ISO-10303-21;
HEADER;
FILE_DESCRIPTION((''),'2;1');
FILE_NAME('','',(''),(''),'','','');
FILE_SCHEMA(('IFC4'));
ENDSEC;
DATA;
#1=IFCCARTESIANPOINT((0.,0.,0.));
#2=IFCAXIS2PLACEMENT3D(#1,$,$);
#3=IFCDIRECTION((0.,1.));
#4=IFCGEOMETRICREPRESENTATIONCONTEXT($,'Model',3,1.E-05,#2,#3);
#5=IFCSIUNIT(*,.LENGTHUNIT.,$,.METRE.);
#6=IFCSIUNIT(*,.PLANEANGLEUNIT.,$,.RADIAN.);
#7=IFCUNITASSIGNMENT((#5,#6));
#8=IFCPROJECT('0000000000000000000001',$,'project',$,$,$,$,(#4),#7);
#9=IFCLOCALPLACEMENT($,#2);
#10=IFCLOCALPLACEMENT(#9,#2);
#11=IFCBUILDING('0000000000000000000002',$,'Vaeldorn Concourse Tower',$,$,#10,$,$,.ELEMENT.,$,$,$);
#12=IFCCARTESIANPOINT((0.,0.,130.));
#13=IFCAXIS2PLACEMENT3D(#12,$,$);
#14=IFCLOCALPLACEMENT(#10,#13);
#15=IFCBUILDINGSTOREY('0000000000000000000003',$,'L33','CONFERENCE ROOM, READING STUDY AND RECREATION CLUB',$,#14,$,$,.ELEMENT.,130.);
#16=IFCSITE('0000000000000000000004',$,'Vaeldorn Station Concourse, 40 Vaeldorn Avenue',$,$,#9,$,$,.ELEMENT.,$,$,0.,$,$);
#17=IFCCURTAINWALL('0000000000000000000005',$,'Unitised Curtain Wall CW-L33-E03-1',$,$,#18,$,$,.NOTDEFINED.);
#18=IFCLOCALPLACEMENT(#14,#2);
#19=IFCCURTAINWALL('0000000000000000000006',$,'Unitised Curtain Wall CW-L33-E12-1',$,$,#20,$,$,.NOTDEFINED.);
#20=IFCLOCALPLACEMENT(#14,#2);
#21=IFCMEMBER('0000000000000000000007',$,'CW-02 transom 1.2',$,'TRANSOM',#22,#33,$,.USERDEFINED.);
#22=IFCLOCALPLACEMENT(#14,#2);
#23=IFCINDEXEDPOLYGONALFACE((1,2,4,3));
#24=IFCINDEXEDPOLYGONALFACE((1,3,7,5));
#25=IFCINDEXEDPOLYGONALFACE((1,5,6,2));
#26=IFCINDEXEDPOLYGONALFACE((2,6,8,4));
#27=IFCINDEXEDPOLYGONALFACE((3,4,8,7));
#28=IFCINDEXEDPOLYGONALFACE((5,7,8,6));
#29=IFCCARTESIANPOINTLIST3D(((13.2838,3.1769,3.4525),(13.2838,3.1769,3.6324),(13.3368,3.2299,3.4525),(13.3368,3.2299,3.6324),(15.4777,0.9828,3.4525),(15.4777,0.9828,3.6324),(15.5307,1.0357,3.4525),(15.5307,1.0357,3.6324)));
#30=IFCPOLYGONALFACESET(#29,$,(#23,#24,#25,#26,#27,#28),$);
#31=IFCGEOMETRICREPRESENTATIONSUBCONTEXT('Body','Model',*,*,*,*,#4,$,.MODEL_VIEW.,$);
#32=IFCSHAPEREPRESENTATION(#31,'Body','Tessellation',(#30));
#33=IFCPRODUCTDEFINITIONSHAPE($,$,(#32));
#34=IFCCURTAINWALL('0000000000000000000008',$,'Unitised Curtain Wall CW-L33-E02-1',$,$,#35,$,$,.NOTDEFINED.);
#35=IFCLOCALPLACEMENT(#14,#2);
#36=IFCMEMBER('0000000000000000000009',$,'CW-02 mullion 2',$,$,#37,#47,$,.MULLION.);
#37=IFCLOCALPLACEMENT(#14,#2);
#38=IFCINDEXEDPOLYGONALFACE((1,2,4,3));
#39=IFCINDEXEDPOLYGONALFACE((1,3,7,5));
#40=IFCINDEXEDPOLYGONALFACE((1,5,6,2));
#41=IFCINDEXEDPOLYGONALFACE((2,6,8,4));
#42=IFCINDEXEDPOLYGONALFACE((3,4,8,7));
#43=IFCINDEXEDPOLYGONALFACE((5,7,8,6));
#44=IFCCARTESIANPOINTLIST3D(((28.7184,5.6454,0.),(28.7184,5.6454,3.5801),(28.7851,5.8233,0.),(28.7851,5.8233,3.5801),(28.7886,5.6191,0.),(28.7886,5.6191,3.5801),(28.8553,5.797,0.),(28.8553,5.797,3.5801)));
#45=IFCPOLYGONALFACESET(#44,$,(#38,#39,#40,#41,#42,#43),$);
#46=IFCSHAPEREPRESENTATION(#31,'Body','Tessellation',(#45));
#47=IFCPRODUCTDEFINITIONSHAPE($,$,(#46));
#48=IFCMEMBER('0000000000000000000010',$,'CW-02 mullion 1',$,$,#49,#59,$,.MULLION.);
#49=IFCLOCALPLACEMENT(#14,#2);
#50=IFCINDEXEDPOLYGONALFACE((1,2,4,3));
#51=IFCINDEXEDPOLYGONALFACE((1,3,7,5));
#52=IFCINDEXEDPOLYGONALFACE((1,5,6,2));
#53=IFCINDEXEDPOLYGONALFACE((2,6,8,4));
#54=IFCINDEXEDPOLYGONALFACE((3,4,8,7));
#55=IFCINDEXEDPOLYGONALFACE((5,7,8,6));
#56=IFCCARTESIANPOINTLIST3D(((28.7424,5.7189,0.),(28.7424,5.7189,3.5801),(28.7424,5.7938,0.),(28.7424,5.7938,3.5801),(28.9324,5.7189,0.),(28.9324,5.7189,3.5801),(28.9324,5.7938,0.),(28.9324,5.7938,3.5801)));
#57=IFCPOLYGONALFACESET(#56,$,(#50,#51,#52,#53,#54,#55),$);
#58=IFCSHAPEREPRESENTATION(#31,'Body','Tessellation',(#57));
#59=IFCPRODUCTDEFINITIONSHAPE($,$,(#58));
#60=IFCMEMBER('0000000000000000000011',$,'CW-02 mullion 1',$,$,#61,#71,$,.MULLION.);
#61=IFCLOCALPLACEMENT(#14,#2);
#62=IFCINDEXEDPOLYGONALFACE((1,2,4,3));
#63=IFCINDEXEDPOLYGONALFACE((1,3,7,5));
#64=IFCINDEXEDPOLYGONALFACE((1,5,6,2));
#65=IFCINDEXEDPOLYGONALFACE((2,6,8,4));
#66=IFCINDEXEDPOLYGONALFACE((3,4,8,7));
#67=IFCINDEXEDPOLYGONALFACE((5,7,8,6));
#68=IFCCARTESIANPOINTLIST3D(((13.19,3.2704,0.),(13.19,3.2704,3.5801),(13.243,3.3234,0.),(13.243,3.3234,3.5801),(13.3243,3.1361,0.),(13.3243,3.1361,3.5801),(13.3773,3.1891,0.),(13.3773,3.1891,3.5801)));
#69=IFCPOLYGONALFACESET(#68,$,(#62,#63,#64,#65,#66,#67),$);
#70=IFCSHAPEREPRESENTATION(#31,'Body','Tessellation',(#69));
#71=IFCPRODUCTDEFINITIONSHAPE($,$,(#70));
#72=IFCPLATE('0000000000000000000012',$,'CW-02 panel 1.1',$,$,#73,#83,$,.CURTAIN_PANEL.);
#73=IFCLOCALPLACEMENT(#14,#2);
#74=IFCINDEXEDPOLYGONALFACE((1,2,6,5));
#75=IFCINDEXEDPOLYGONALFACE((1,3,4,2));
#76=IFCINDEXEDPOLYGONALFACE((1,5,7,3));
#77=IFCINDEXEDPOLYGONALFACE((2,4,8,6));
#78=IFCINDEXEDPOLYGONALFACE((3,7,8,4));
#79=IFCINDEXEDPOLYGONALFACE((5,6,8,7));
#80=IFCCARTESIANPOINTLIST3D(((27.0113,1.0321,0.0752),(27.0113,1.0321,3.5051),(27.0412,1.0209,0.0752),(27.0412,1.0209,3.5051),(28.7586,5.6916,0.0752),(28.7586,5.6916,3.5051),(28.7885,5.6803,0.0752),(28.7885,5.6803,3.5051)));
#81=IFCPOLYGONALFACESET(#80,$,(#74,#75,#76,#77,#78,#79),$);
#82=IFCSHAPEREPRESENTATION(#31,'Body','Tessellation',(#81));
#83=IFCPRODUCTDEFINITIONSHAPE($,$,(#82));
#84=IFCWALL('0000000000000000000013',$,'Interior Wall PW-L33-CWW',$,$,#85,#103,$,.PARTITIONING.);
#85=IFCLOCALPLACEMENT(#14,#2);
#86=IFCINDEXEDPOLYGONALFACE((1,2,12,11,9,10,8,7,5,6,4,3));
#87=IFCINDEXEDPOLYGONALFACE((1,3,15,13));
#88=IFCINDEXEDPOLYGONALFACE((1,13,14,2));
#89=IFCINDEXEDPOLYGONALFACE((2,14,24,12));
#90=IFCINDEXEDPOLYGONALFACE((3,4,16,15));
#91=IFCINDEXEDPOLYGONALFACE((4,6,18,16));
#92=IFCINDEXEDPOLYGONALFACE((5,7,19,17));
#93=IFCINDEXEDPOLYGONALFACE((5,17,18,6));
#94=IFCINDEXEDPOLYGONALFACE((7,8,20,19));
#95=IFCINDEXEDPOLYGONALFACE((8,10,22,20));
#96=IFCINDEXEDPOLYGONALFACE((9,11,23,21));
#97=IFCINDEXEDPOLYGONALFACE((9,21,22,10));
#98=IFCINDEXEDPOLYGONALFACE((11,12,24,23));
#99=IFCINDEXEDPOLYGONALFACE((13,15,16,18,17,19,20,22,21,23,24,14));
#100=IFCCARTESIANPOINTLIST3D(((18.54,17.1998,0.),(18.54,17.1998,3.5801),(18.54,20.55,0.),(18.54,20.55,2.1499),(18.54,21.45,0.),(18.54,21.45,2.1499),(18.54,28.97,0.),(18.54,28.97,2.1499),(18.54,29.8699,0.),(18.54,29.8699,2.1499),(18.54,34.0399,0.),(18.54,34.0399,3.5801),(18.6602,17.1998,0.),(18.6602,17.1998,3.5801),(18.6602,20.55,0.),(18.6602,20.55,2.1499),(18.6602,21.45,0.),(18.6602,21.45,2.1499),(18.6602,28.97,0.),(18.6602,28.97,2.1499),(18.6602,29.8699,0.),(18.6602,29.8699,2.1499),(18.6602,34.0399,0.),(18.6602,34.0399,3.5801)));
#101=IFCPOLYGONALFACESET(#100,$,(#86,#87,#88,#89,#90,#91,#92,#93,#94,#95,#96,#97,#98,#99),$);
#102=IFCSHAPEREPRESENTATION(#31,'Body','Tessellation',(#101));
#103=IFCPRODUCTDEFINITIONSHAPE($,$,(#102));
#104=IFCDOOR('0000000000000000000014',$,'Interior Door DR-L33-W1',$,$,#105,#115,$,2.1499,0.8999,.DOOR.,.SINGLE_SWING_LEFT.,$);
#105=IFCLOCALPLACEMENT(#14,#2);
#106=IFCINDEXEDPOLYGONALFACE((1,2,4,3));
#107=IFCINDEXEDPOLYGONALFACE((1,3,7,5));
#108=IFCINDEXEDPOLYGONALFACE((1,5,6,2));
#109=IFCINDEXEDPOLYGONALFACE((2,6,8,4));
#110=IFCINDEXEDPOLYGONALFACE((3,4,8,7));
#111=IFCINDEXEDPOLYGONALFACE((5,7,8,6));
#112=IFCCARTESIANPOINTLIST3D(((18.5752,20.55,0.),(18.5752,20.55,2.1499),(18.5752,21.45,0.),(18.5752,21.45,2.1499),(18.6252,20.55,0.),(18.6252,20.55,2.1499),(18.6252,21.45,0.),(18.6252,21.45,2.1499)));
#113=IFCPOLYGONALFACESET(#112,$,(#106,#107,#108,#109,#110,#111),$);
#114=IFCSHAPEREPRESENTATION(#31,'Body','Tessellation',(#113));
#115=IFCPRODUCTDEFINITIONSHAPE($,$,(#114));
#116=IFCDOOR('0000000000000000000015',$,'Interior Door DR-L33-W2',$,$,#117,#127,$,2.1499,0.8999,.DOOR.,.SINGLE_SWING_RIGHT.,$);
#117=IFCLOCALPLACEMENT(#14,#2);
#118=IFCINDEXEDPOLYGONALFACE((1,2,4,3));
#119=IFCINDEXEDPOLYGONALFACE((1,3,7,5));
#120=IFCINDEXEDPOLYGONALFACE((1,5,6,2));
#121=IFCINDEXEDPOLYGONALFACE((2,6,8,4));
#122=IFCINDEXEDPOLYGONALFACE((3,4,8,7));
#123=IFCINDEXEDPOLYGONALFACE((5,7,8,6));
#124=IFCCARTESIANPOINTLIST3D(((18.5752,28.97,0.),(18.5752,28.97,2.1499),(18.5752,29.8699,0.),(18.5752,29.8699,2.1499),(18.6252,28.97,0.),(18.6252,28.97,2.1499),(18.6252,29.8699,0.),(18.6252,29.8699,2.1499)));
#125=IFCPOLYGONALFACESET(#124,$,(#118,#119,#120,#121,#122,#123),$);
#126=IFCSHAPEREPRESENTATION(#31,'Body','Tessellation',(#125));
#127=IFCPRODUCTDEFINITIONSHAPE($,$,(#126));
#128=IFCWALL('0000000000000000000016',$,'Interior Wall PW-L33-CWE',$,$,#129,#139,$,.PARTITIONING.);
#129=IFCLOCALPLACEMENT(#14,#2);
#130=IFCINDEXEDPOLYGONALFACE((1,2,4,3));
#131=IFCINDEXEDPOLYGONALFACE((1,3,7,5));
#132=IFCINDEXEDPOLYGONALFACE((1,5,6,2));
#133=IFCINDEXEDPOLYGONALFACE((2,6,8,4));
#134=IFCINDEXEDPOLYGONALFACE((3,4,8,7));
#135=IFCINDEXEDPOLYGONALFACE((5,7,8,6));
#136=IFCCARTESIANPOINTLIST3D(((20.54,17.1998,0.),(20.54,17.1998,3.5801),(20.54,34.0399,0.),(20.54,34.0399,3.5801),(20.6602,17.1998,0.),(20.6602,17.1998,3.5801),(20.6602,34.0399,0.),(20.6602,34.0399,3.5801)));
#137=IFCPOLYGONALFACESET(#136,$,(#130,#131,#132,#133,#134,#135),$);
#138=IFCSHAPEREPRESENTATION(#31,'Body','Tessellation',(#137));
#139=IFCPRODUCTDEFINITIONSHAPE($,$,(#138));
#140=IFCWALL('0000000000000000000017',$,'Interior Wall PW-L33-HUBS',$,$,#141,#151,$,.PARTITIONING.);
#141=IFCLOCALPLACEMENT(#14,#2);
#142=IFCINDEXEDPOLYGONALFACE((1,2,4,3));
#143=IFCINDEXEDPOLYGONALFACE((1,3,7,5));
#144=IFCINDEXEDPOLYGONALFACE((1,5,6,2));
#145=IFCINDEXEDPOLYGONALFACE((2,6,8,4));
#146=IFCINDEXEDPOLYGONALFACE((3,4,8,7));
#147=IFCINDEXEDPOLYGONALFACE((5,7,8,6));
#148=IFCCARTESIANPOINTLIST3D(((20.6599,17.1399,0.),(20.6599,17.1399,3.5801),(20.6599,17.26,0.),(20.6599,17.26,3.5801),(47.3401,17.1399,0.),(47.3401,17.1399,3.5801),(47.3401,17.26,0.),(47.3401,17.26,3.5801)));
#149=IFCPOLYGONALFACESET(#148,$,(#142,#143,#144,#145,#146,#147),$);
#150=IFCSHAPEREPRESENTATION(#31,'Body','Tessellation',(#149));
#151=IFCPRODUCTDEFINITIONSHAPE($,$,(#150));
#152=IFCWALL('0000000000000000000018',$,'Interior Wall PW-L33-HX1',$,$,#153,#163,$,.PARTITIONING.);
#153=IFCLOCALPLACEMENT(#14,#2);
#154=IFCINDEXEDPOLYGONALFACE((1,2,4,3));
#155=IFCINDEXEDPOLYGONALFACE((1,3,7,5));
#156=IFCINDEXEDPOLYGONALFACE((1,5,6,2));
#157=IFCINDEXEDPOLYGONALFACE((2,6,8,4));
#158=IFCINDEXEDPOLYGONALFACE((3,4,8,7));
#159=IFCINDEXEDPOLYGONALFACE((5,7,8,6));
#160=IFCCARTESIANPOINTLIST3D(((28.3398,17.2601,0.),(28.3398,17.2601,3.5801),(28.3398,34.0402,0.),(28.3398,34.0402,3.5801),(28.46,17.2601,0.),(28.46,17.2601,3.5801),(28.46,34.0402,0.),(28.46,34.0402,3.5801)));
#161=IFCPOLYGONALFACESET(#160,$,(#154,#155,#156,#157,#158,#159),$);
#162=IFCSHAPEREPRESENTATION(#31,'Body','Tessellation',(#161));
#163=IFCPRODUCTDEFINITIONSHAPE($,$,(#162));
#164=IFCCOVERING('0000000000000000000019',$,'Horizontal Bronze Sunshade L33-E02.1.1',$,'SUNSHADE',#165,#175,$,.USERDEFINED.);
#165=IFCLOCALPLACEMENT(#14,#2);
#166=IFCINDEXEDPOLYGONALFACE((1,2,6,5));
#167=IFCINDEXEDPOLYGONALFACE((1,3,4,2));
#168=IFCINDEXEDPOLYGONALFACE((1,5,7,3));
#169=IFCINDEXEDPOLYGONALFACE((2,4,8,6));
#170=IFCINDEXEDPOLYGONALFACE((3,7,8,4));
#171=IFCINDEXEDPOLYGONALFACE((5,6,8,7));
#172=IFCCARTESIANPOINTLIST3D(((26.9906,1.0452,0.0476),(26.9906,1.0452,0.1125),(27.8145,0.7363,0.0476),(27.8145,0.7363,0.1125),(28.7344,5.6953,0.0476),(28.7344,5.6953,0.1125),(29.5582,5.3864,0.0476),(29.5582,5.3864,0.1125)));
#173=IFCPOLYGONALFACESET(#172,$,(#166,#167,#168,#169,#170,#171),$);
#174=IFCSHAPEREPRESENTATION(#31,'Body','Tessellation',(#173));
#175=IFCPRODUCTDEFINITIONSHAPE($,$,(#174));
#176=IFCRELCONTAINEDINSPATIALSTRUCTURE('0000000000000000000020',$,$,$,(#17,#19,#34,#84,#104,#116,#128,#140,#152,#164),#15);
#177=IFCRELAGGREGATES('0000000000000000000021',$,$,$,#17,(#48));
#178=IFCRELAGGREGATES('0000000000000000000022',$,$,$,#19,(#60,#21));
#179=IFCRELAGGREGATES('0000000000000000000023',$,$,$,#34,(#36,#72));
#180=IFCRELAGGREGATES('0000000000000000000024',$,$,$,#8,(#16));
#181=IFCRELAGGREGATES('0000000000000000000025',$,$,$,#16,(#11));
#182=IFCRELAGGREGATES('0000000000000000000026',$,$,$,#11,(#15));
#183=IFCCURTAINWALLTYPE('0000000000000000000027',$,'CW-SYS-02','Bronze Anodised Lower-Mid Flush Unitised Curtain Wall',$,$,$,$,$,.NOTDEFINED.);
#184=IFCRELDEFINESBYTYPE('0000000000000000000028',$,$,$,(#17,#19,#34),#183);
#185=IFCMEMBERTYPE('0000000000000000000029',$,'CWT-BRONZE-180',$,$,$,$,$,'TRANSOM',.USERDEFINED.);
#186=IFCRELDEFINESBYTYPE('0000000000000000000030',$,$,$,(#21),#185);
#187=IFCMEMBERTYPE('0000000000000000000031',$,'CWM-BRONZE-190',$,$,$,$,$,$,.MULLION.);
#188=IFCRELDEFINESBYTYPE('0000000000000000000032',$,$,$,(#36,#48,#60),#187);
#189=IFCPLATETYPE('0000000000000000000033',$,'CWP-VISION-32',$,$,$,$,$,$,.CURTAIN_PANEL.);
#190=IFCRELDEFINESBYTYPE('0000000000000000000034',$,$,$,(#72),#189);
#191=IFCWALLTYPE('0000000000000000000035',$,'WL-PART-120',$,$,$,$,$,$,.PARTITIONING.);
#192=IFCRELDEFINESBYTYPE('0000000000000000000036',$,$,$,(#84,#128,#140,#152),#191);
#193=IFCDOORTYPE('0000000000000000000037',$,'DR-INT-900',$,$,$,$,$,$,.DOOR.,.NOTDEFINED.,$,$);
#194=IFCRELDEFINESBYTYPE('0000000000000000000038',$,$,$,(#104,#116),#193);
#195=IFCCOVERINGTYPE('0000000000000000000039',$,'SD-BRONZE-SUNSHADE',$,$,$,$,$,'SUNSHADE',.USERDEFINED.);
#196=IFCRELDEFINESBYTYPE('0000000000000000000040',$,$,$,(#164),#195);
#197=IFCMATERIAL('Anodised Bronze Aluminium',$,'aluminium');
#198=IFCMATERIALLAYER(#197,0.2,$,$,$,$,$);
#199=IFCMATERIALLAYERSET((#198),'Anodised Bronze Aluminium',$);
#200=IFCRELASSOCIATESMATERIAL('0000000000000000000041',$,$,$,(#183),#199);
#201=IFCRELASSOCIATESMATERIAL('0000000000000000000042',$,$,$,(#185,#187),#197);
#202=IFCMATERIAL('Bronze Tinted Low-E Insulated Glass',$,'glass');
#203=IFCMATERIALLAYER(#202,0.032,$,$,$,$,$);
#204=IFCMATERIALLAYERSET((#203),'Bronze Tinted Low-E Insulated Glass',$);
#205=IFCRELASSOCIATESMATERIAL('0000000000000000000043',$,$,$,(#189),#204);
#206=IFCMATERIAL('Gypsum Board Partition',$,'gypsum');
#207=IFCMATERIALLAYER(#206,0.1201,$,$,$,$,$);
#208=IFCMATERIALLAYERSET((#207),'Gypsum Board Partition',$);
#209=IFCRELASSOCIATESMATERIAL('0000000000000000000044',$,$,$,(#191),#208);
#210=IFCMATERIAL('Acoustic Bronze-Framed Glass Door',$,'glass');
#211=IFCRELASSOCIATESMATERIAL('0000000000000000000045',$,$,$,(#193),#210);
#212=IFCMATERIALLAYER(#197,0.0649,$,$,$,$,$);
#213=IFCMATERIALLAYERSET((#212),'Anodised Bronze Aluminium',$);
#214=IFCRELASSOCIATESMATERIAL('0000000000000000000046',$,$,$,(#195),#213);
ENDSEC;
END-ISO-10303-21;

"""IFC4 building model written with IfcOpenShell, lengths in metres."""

from ifc_helpers import new_model, si_unit, direction, frame, frame_2d, origin, origin_2d, place, context, subcontext, project, spatial, rectangle, extrude, source, transform, mapped, material, layer, layer_set, material_profile, profile_set, type_object, element, fill, aggregate, save


model = new_model("IFC4")

# Units and contexts
model_context = context("Model", 3, precision=1e-05, world=origin(), true_north=direction((0.0, 1.0)))
body_context = subcontext(model_context, "Body", "Model", "MODEL_VIEW")
ifc_project = project(units=[si_unit("LENGTHUNIT", "METRE"), si_unit("PLANEANGLEUNIT", "RADIAN")], contexts=[model_context])

# Site, building, storey
site_placement = place(None, origin())
site = spatial("IfcSite", under=ifc_project, at=site_placement, Name="Vaeldorn Station Concourse, 40 Vaeldorn Avenue", CompositionType="ELEMENT", RefElevation=0.0)
building_placement = place(site_placement, origin())
building = spatial("IfcBuilding", under=site, at=building_placement, Name="Vaeldorn Concourse Tower", CompositionType="ELEMENT")
storey_placement = place(building_placement, frame((0.0, 0.0, 130.0)))
storey = spatial("IfcBuildingStorey", under=building, at=storey_placement, Name="L33", Description="CONFERENCE ROOM, READING STUDY AND RECREATION CLUB", CompositionType="ELEMENT", Elevation=130.0)

# Curtain walls, member
ifc_material_1 = material(Name="Anodised Bronze Aluminium", Category="aluminium")
ifc_layer_1 = layer(ifc_material_1, 0.2)
ifc_layer_set_1 = layer_set([ifc_layer_1], Name="Anodised Bronze Aluminium")
curtain_wall_type = type_object("IfcCurtainWallType", Name="CW-SYS-02", Description="Bronze Anodised Lower-Mid Flush Unitised Curtain Wall", PredefinedType="NOTDEFINED", material=ifc_layer_set_1)
curtain_wall_1_placement = place(storey_placement, origin())
curtain_wall_1 = element("IfcCurtainWall", 1, at=curtain_wall_1_placement, inside=storey, type_object=curtain_wall_type, Name="Unitised Curtain Wall CW-L33-E03-1", PredefinedType="NOTDEFINED")
ifc_material_profile_1 = material_profile(ifc_material_1, rectangle(XDim=0.075, YDim=0.1799, at=origin_2d()), Name="CWT 75x180")
ifc_profile_set_1 = profile_set([ifc_material_profile_1], Name="Anodised Bronze Aluminium")
member_type_1 = type_object("IfcMemberType", Name="CWT-BRONZE-180", ElementType="TRANSOM", PredefinedType="USERDEFINED", material=ifc_profile_set_1)
curtain_wall_2_placement = place(storey_placement, origin())
curtain_wall_2 = element("IfcCurtainWall", 2, at=curtain_wall_2_placement, inside=storey, type_object=curtain_wall_type, Name="Unitised Curtain Wall CW-L33-E12-1", PredefinedType="NOTDEFINED")
shared_shape_1 = source(origin(), body_context, "Body", "SweptSolid", [
    extrude(rectangle(XDim=0.075, YDim=0.1799, at=origin_2d()), origin(), (0.0, 0.0, 1.0), 3.1028),
])
member_1_placement = place(storey_placement, frame((13.3103, 3.2034, 3.5425), z_axis=(0.707067, -0.707146, 0.0), x_axis=(0.707146, 0.707067, 0.0)))
member_1 = element("IfcMember", 3, at=member_1_placement, type_object=member_type_1, Name="CW-02 transom 1.2", ObjectType="TRANSOM", PredefinedType="USERDEFINED", context=body_context, shape_type="MappedRepresentation", body=[
    mapped(shared_shape_1, transform((0.0, 0.0, 0.0), scale=1.0)),
])

# Curtain wall, member
curtain_wall_3_placement = place(storey_placement, origin())
curtain_wall_3 = element("IfcCurtainWall", 4, at=curtain_wall_3_placement, inside=storey, type_object=curtain_wall_type, Name="Unitised Curtain Wall CW-L33-E02-1", PredefinedType="NOTDEFINED")
ifc_material_profile_2 = material_profile(ifc_material_1, rectangle(XDim=0.075, YDim=0.1899, at=origin_2d()), Name="CWM 75x190")
ifc_profile_set_2 = profile_set([ifc_material_profile_2], Name="Anodised Bronze Aluminium")
member_type_2 = type_object("IfcMemberType", Name="CWM-BRONZE-190", PredefinedType="MULLION", material=ifc_profile_set_2)
shared_shape_2 = source(origin(), body_context, "Body", "SweptSolid", [
    extrude(rectangle(XDim=0.075, YDim=0.1899, at=origin_2d()), origin(), (0.0, 0.0, 1.0), 3.5801),
])
member_2_placement = place(storey_placement, frame((28.7869, 5.7212, 0.0), z_axis=(0.0, 0.0, 1.0), x_axis=(-0.936329, 0.351123, 0.0)))
member_2 = element("IfcMember", 5, at=member_2_placement, type_object=member_type_2, Name="CW-02 mullion 2", PredefinedType="MULLION", context=body_context, shape_type="MappedRepresentation", body=[
    mapped(shared_shape_2, transform((0.0, 0.0, 0.0), scale=1.0)),
])

# Members
member_3_placement = place(storey_placement, frame((28.8374, 5.7563, 0.0), z_axis=(0.0, 0.0, 1.0), x_axis=(0.0, 1.0, 0.0)))
member_3 = element("IfcMember", 6, at=member_3_placement, type_object=member_type_2, Name="CW-02 mullion 1", PredefinedType="MULLION", context=body_context, shape_type="MappedRepresentation", body=[
    mapped(shared_shape_2, transform((0.0, 0.0, 0.0), scale=1.0)),
])
aggregate(curtain_wall_1, [member_3])
member_4_placement = place(storey_placement, frame((13.2837, 3.2297, 0.0), z_axis=(0.0, 0.0, 1.0), x_axis=(0.707107, 0.707107, 0.0)))
member_4 = element("IfcMember", 7, at=member_4_placement, type_object=member_type_2, Name="CW-02 mullion 1", PredefinedType="MULLION", context=body_context, shape_type="MappedRepresentation", body=[
    mapped(shared_shape_2, transform((0.0, 0.0, 0.0), scale=1.0)),
])
aggregate(curtain_wall_2, [member_4, member_1])

# Plate
ifc_material_2 = material(Name="Bronze Tinted Low-E Insulated Glass", Category="glass")
ifc_layer_2 = layer(ifc_material_2, 0.032)
ifc_layer_set_2 = layer_set([ifc_layer_2], Name="Bronze Tinted Low-E Insulated Glass")
plate_type = type_object("IfcPlateType", Name="CWP-VISION-32", PredefinedType="CURTAIN_PANEL", material=ifc_layer_set_2)
shared_shape_3 = source(origin(), body_context, "Body", "SweptSolid", [
    extrude(rectangle(XDim=4.9763, YDim=0.032, at=origin_2d()), origin(), (0.0, 0.0, 1.0), 3.4299),
])
plate_placement = place(storey_placement, frame((27.8999, 3.3562, 0.0752), z_axis=(0.0, 0.0, 1.0), x_axis=(0.351123, 0.936329, 0.0)))
plate = element("IfcPlate", 8, at=plate_placement, type_object=plate_type, Name="CW-02 panel 1.1", PredefinedType="CURTAIN_PANEL", context=body_context, shape_type="MappedRepresentation", body=[
    mapped(shared_shape_3, transform((0.0, 0.0, 0.0), scale=1.0)),
])
aggregate(curtain_wall_3, [member_2, plate])

# Wall, openings, doors
ifc_material_3 = material(Name="Gypsum Board Partition", Category="gypsum")
ifc_layer_3 = layer(ifc_material_3, 0.1201)
ifc_layer_set_3 = layer_set([ifc_layer_3], Name="Gypsum Board Partition")
wall_type = type_object("IfcWallType", Name="WL-PART-120", PredefinedType="PARTITIONING", material=ifc_layer_set_3)
wall_1_placement = place(storey_placement, frame((18.6001, 17.2, 0.0), z_axis=(0.0, 0.0, 1.0), x_axis=(0.0, 1.0, 0.0)))
wall_1 = element("IfcWall", 9, at=wall_1_placement, inside=storey, type_object=wall_type, Name="Interior Wall PW-L33-CWW", PredefinedType="PARTITIONING", context=body_context, shape_type="SweptSolid", body=[
    extrude(rectangle(XDim=16.8401, YDim=0.1201, at=frame_2d((8.4199, 0.0))), origin(), (0.0, 0.0, 1.0), 3.5801),
])
opening_1_placement = place(wall_1_placement, frame((3.3501, 0.0, 0.0)))
opening_1 = element("IfcOpeningElement", 10, at=opening_1_placement, cuts=wall_1, PredefinedType="OPENING", context=body_context, shape_type="SweptSolid", body=[
    extrude(rectangle(XDim=0.8999, YDim=2.1499, at=frame_2d((0.45, 1.075))), frame((0.0, 0.0701, 0.0), z_axis=(0.0, -1.0, 0.0), x_axis=(1.0, 0.0, 0.0)), (0.0, 0.0, 1.0), 0.1401),
])
opening_2_placement = place(wall_1_placement, frame((11.77, 0.0, 0.0)))
opening_2 = element("IfcOpeningElement", 11, at=opening_2_placement, cuts=wall_1, PredefinedType="OPENING", context=body_context, shape_type="SweptSolid", body=[
    extrude(rectangle(XDim=0.8999, YDim=2.1499, at=frame_2d((0.45, 1.075))), frame((0.0, 0.0701, 0.0), z_axis=(0.0, -1.0, 0.0), x_axis=(1.0, 0.0, 0.0)), (0.0, 0.0, 1.0), 0.1401),
])
ifc_material_4 = material(Name="Acoustic Bronze-Framed Glass Door", Category="glass")
door_type = type_object("IfcDoorType", Name="DR-INT-900", OperationType="NOTDEFINED", PredefinedType="DOOR", material=ifc_material_4)
shared_shape_4 = source(origin(), body_context, "Body", "SweptSolid", [
    extrude(rectangle(XDim=0.8999, YDim=2.1499, at=frame_2d((0.45, 1.075))), frame((0.0, 0.0249, 0.0), z_axis=(0.0, -1.0, 0.0), x_axis=(1.0, 0.0, 0.0)), (0.0, 0.0, 1.0), 0.05),
])
door_1_placement = place(opening_1_placement, origin())
door_1 = element("IfcDoor", 12, at=door_1_placement, inside=storey, type_object=door_type, Name="Interior Door DR-L33-W1", OperationType="SINGLE_SWING_LEFT", OverallHeight=2.1499, OverallWidth=0.8999, PredefinedType="DOOR", context=body_context, shape_type="MappedRepresentation", body=[
    mapped(shared_shape_4, transform((0.0, 0.0, 0.0), scale=1.0)),
])
fill(opening_1, door_1)
door_2_placement = place(opening_2_placement, origin())
door_2 = element("IfcDoor", 13, at=door_2_placement, inside=storey, type_object=door_type, Name="Interior Door DR-L33-W2", OperationType="SINGLE_SWING_RIGHT", OverallHeight=2.1499, OverallWidth=0.8999, PredefinedType="DOOR", context=body_context, shape_type="MappedRepresentation", body=[
    mapped(shared_shape_4, transform((0.0, 0.0, 0.0), scale=1.0)),
])
fill(opening_2, door_2)

# Wall
wall_2_placement = place(storey_placement, frame((20.6001, 17.2, 0.0), z_axis=(0.0, 0.0, 1.0), x_axis=(0.0, 1.0, 0.0)))
element("IfcWall", 14, at=wall_2_placement, inside=storey, type_object=wall_type, Name="Interior Wall PW-L33-CWE", PredefinedType="PARTITIONING", context=body_context, shape_type="SweptSolid", body=[
    extrude(rectangle(XDim=16.8401, YDim=0.1201, at=frame_2d((8.4199, 0.0))), origin(), (0.0, 0.0, 1.0), 3.5801),
])

# Walls
wall_3_placement = place(storey_placement, frame((20.6599, 17.2, 0.0), z_axis=(0.0, 0.0, 1.0), x_axis=(1.0, 0.0, 0.0)))
element("IfcWall", 15, at=wall_3_placement, inside=storey, type_object=wall_type, Name="Interior Wall PW-L33-HUBS", PredefinedType="PARTITIONING", context=body_context, shape_type="SweptSolid", body=[
    extrude(rectangle(XDim=26.6802, YDim=0.1201, at=frame_2d((13.3401, 0.0))), origin(), (0.0, 0.0, 1.0), 3.5801),
])
wall_4_placement = place(storey_placement, frame((28.3999, 17.26, 0.0), z_axis=(0.0, 0.0, 1.0), x_axis=(0.0, 1.0, 0.0)))
element("IfcWall", 16, at=wall_4_placement, inside=storey, type_object=wall_type, Name="Interior Wall PW-L33-HX1", PredefinedType="PARTITIONING", context=body_context, shape_type="SweptSolid", body=[
    extrude(rectangle(XDim=16.78, YDim=0.1201, at=frame_2d((8.3901, 0.0))), origin(), (0.0, 0.0, 1.0), 3.5801),
])

# Covering
ifc_layer_4 = layer(ifc_material_1, 0.0649)
ifc_layer_set_4 = layer_set([ifc_layer_4], Name="Anodised Bronze Aluminium")
covering_type = type_object("IfcCoveringType", Name="SD-BRONZE-SUNSHADE", ElementType="SUNSHADE", PredefinedType="USERDEFINED", material=ifc_layer_set_4)
shared_shape_5 = source(origin(), body_context, "Body", "SweptSolid", [
    extrude(rectangle(XDim=4.9663, YDim=0.8799, at=origin_2d()), origin(), (0.0, 0.0, 1.0), 0.0649),
])
for number, where, z_axis, x_axis, name in (
    (17, (28.2744, 3.2158, 0.0476), (0.0, 0.0, 1.0), (0.351123, 0.936329, 0.0), "Horizontal Bronze Sunshade L33-E02.1.1"),
):
    element("IfcCovering", number, at=place(storey_placement, frame(where, z_axis=z_axis, x_axis=x_axis)), inside=storey, type_object=covering_type, Name=name, ObjectType="SUNSHADE", PredefinedType="USERDEFINED", context=body_context, shape_type="MappedRepresentation", body=[
        mapped(shared_shape_5, transform((0.0, 0.0, 0.0), scale=1.0)),
    ])

save(model, "model.ifc")
